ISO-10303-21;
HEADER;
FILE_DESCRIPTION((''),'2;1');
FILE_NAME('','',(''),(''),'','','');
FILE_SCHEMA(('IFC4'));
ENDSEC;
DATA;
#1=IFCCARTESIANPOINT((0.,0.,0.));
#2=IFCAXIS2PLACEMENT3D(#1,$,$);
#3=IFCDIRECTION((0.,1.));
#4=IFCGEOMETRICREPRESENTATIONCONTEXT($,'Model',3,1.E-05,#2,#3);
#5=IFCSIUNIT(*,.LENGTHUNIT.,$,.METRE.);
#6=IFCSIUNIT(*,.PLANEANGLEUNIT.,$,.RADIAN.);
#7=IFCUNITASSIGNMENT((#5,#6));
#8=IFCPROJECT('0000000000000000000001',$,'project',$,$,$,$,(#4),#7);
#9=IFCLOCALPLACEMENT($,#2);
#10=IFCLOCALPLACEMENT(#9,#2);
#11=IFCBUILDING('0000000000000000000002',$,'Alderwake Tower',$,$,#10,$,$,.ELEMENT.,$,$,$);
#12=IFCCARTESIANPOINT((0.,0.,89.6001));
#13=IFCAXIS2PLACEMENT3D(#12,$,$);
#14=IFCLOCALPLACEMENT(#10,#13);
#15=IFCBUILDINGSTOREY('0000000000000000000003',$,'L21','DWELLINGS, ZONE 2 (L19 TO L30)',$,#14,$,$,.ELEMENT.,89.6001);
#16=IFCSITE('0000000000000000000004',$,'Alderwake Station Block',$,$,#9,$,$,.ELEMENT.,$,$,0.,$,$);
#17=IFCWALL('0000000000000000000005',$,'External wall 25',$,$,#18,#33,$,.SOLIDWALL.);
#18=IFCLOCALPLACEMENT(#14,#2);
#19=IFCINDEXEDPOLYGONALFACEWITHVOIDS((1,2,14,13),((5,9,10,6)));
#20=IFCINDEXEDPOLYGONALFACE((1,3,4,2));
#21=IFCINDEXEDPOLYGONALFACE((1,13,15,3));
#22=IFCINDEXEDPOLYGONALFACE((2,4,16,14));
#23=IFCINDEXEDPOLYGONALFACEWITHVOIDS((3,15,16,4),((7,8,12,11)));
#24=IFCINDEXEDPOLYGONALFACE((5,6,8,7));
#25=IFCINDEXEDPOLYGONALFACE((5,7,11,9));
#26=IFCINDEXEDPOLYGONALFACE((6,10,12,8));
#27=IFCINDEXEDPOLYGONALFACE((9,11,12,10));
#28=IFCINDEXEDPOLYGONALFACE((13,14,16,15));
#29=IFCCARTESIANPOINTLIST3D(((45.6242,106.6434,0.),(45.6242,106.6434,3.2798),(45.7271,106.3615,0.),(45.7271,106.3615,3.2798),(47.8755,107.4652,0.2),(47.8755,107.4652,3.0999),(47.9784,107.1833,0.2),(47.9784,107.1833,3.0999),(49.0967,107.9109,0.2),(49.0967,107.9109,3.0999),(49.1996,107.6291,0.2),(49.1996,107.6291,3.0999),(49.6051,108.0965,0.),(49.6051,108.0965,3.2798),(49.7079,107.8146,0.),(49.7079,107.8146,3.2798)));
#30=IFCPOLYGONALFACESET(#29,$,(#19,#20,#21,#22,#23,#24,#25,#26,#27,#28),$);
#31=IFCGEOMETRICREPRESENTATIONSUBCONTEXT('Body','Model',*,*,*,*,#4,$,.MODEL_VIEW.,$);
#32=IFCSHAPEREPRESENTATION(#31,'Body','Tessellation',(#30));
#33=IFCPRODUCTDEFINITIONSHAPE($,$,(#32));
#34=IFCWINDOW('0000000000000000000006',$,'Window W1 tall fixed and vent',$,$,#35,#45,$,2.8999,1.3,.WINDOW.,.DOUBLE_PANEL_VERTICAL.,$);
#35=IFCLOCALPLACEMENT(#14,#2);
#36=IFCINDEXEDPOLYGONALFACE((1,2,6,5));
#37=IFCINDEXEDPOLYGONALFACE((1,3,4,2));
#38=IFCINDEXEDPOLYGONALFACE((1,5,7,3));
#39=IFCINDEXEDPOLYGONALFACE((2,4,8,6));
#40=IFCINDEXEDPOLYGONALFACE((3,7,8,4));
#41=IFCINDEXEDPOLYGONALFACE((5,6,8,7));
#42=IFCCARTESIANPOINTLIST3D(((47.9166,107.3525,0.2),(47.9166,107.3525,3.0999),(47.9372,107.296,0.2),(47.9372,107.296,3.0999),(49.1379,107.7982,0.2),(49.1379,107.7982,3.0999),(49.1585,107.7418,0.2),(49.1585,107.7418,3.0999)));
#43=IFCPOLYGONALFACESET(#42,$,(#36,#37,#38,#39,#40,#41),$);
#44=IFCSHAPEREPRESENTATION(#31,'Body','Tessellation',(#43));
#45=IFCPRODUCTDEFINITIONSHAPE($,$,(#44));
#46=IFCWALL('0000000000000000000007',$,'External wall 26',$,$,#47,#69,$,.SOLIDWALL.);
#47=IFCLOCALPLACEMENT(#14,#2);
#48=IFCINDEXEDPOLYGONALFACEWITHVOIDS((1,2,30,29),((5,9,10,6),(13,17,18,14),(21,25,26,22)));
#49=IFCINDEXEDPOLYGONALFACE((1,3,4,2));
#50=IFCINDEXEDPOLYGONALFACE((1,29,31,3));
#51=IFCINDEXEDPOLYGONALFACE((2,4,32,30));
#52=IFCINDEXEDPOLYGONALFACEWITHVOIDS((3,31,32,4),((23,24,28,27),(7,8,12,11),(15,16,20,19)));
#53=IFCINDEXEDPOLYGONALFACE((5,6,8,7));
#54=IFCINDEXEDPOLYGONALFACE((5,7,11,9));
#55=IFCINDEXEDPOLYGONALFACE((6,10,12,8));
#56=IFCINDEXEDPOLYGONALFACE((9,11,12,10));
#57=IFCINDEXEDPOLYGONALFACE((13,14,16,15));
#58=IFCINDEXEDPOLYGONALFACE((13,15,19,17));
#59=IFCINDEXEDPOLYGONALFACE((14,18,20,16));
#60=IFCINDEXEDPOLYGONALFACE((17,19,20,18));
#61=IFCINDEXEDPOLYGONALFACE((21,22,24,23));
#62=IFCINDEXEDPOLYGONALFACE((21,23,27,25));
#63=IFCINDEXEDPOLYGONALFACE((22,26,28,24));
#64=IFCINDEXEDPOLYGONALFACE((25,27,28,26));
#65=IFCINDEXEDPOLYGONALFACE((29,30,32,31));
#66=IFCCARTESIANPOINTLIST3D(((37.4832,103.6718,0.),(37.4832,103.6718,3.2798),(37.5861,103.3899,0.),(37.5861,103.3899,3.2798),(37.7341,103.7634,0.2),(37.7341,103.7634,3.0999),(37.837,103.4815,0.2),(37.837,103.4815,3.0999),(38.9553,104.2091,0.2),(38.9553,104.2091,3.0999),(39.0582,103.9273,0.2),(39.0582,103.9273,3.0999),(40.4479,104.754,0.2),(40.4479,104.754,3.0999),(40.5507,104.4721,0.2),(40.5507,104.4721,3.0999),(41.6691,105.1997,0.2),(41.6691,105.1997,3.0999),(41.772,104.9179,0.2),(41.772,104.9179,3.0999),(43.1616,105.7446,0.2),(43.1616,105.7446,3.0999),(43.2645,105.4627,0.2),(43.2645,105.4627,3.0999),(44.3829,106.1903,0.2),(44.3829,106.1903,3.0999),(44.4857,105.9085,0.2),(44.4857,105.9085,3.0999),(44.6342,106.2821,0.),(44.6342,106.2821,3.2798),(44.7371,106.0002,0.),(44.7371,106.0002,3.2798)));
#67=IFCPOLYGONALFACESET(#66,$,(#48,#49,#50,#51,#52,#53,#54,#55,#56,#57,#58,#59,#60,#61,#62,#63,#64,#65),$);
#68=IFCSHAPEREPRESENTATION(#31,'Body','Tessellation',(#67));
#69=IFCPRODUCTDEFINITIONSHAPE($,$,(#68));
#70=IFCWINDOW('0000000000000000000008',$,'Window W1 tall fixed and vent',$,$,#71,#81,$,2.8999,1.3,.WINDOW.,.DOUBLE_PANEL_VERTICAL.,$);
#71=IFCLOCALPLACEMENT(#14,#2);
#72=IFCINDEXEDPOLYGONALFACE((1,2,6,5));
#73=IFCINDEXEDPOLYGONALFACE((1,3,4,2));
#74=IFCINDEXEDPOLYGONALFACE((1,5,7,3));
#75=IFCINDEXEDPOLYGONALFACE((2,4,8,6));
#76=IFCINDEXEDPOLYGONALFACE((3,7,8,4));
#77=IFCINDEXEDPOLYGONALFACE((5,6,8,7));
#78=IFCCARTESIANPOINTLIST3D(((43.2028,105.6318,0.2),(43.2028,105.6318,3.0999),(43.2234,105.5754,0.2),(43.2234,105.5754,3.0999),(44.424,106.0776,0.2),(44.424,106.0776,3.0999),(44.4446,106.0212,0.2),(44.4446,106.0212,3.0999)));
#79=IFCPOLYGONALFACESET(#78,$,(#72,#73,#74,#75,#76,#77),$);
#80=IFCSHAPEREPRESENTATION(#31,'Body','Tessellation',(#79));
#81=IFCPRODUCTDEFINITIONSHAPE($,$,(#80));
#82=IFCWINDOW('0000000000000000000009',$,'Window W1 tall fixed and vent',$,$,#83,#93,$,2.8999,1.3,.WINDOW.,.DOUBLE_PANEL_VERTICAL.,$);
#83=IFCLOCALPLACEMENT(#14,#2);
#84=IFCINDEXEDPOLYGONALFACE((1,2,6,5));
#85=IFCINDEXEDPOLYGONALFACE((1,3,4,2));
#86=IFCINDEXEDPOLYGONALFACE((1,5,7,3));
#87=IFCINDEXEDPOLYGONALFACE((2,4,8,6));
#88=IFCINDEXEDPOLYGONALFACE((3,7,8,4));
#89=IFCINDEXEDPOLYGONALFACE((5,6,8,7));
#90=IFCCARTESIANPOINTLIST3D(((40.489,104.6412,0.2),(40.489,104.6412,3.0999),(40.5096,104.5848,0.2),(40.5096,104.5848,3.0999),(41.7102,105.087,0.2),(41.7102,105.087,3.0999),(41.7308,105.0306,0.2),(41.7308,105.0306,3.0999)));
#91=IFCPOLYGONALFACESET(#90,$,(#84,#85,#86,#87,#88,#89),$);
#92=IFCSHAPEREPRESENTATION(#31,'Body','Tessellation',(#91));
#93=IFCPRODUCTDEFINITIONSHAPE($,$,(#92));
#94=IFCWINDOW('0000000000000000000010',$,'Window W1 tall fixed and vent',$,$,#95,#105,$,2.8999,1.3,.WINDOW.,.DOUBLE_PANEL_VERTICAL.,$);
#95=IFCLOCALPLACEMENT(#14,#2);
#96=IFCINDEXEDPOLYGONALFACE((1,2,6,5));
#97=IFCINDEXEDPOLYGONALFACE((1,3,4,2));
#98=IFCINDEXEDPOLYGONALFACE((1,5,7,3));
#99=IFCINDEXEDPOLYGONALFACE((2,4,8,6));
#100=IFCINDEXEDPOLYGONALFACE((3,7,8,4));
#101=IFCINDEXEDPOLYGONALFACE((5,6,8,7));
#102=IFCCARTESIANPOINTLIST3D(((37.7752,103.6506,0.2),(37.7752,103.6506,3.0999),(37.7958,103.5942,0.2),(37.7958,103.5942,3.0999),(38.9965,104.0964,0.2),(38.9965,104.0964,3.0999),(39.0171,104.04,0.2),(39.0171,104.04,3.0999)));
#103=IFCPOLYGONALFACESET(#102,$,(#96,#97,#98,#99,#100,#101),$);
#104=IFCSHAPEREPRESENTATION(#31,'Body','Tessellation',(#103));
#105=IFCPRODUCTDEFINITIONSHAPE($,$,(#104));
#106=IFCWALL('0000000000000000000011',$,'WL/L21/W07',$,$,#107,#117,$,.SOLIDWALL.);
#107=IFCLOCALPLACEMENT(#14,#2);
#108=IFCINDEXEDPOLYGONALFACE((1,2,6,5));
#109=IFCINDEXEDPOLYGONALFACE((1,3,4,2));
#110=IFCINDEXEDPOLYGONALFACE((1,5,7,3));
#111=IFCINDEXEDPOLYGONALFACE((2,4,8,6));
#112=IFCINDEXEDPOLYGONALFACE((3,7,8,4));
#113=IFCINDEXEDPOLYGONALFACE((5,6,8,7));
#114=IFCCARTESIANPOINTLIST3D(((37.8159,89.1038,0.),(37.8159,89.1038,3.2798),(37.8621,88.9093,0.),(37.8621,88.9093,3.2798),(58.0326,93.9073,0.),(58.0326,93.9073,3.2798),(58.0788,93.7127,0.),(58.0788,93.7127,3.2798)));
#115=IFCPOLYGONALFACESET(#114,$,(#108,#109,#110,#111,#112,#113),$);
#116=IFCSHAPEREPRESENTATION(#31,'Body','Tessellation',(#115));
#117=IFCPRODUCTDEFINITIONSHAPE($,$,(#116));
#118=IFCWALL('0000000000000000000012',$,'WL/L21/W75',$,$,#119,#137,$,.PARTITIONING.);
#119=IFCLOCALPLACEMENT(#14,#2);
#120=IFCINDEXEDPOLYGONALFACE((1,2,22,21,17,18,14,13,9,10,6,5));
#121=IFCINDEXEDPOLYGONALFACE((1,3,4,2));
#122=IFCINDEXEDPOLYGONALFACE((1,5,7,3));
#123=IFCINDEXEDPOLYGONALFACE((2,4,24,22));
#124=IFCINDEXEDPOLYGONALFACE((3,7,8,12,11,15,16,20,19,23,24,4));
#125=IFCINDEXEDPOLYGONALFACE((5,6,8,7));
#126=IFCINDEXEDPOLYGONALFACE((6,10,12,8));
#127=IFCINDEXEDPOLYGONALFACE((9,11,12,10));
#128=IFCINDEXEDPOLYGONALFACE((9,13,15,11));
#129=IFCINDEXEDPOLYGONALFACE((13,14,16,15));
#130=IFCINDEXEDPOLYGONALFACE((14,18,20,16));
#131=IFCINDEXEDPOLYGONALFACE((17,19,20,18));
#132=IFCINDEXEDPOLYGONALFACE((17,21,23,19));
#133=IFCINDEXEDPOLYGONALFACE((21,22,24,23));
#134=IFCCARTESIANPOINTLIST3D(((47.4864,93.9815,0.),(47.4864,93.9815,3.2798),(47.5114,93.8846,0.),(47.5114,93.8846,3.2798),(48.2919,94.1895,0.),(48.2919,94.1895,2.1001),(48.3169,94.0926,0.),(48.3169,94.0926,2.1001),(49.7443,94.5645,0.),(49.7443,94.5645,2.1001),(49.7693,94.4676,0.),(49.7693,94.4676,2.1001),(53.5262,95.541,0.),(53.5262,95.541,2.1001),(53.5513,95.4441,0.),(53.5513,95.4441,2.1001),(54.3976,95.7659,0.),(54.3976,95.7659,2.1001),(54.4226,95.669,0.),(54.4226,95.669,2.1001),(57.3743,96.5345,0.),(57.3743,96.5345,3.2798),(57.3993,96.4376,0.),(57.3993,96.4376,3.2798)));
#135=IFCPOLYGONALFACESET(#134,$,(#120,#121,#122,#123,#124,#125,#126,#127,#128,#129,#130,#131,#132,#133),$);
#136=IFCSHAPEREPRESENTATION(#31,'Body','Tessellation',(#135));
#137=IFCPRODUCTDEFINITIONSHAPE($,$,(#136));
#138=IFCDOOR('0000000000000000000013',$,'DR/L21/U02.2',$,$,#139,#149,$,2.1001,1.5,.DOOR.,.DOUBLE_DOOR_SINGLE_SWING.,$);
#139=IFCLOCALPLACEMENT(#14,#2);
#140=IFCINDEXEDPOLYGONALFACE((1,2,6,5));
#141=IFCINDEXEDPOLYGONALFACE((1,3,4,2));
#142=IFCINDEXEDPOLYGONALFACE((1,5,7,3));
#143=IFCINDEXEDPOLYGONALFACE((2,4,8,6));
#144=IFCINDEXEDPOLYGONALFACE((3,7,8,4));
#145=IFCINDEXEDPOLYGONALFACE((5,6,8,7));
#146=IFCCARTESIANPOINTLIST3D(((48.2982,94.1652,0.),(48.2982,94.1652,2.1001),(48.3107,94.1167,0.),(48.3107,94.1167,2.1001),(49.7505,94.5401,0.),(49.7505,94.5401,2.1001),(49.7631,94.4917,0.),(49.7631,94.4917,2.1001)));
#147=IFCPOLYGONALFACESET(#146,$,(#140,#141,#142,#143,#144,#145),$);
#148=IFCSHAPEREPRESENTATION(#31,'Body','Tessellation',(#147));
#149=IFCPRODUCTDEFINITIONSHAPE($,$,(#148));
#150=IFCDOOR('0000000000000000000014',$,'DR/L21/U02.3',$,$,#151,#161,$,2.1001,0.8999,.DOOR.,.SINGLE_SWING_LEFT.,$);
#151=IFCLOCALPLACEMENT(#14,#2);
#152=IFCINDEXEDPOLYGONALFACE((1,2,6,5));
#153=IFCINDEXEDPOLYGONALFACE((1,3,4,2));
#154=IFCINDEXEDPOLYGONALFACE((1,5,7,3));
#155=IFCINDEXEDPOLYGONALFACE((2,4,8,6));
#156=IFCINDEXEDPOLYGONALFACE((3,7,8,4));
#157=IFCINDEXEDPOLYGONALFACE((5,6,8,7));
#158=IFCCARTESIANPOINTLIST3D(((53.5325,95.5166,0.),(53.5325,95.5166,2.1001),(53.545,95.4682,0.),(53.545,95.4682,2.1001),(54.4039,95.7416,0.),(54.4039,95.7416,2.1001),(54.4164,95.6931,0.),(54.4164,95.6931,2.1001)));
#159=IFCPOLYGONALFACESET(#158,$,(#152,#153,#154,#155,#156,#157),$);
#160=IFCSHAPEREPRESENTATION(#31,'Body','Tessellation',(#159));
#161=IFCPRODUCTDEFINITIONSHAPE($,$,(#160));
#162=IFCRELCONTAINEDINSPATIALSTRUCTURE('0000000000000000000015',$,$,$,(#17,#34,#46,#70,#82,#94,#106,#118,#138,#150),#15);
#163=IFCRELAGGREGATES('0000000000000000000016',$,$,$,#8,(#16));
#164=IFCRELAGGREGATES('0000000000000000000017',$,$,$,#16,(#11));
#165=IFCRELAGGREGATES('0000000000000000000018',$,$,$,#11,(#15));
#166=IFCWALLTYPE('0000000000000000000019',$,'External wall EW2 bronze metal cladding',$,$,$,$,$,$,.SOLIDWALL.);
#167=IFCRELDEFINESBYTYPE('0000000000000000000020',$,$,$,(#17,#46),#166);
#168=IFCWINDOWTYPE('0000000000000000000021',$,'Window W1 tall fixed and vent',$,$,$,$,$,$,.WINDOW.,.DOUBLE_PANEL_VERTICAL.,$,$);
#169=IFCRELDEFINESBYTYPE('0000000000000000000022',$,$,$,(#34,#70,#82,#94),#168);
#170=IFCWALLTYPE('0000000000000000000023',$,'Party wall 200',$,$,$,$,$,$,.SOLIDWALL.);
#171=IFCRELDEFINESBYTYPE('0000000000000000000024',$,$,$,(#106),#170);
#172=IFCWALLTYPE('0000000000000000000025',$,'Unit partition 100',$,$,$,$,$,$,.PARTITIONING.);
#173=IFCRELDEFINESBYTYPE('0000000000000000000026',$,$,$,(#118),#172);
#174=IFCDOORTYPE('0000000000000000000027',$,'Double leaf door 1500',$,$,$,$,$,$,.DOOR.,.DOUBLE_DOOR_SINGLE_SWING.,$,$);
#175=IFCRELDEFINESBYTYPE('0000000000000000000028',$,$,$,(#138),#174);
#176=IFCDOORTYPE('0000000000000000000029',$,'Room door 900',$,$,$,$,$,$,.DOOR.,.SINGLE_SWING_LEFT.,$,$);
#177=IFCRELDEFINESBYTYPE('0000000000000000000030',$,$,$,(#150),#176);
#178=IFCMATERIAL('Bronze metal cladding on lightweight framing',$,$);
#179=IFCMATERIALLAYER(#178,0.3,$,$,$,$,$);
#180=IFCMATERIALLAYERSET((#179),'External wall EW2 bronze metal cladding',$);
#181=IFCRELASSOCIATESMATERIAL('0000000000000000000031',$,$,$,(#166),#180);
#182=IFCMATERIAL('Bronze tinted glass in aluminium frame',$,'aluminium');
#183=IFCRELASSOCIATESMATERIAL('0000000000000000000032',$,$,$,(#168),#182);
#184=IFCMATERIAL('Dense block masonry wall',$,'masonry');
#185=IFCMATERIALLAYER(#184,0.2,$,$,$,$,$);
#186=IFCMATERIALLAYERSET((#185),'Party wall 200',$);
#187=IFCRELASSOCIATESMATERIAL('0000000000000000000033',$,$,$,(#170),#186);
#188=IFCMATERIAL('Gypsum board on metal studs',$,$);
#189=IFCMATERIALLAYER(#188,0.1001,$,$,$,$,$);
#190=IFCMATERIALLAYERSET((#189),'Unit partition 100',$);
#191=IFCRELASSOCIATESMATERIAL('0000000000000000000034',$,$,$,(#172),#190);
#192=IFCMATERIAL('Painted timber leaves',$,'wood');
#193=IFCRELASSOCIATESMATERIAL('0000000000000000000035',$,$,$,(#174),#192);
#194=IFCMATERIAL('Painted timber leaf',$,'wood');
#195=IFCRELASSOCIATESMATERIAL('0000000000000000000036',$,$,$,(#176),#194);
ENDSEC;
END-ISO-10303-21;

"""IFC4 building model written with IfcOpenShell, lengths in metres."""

from ifc_helpers import new_model, si_unit, direction, frame, frame_2d, origin, place, context, subcontext, project, spatial, rectangle, extrude, material, layer, layer_set, type_object, element, fill, save


model = new_model("IFC4")

# Units and contexts
model_context = context("Model", 3, precision=1e-05, world=origin(), true_north=direction((0.0, 1.0)))
body_context = subcontext(model_context, "Body", "Model", "MODEL_VIEW")
ifc_project = project(units=[si_unit("LENGTHUNIT", "METRE"), si_unit("PLANEANGLEUNIT", "RADIAN")], contexts=[model_context])

# Site, building, storey
site_placement = place(None, origin())
site = spatial("IfcSite", under=ifc_project, at=site_placement, Name="Alderwake Station Block", CompositionType="ELEMENT", RefElevation=0.0)
building_placement = place(site_placement, origin())
building = spatial("IfcBuilding", under=site, at=building_placement, Name="Alderwake Tower", CompositionType="ELEMENT")
storey_placement = place(building_placement, frame((0.0, 0.0, 89.6001)))
storey = spatial("IfcBuildingStorey", under=building, at=storey_placement, Name="L21", Description="DWELLINGS, ZONE 2 (L19 TO L30)", CompositionType="ELEMENT", Elevation=89.6001)

# Wall, opening, window
ifc_material_1 = material(Name="Bronze metal cladding on lightweight framing")
ifc_layer_1 = layer(ifc_material_1, 0.3)
ifc_layer_set_1 = layer_set([ifc_layer_1], Name="External wall EW2 bronze metal cladding")
wall_type_1 = type_object("IfcWallType", Name="External wall EW2 bronze metal cladding", PredefinedType="SOLIDWALL", material=ifc_layer_set_1)
wall_1_placement = place(storey_placement, frame((49.6565, 107.9556, 0.0), z_axis=(0.0, 0.0, 1.0), x_axis=(-0.939376, -0.34289, 0.0)))
wall_1 = element("IfcWall", 1, at=wall_1_placement, inside=storey, type_object=wall_type_1, Name="External wall 25", PredefinedType="SOLIDWALL", context=body_context, shape_type="SweptSolid", body=[
    extrude(rectangle(XDim=4.2378, YDim=0.3, at=frame_2d((2.1189, 0.0))), origin(), (0.0, 0.0, 1.0), 3.2798),
])
opening_1_placement = place(wall_1_placement, frame((0.5413, 0.0, 0.2)))
opening_1 = element("IfcOpeningElement", 2, at=opening_1_placement, cuts=wall_1, PredefinedType="OPENING", context=body_context, shape_type="SweptSolid", body=[
    extrude(rectangle(XDim=1.3, YDim=2.8999, at=frame_2d((0.6499, 1.45))), frame((0.0, 0.1599, 0.0), z_axis=(0.0, -1.0, 0.0), x_axis=(1.0, 0.0, 0.0)), (0.0, 0.0, 1.0), 0.3201),
])
ifc_material_2 = material(Name="Bronze tinted glass in aluminium frame", Category="aluminium")
window_type = type_object("IfcWindowType", Name="Window W1 tall fixed and vent", PartitioningType="DOUBLE_PANEL_VERTICAL", PredefinedType="WINDOW", material=ifc_material_2)
window_1_placement = place(opening_1_placement, origin())
window_1 = element("IfcWindow", 3, at=window_1_placement, inside=storey, type_object=window_type, Name="Window W1 tall fixed and vent", OverallHeight=2.8999, OverallWidth=1.3, PartitioningType="DOUBLE_PANEL_VERTICAL", PredefinedType="WINDOW", context=body_context, shape_type="SweptSolid", body=[
    extrude(rectangle(XDim=1.3, YDim=2.8999, at=frame_2d((0.6499, 1.45))), frame((0.0, 0.03, 0.0), z_axis=(0.0, -1.0, 0.0), x_axis=(1.0, 0.0, 0.0)), (0.0, 0.0, 1.0), 0.0601),
])
fill(opening_1, window_1)

# Wall, openings, windows
wall_2_placement = place(storey_placement, frame((44.6855, 106.1411, 0.0), z_axis=(0.0, 0.0, 1.0), x_axis=(-0.939373, -0.342896, 0.0)))
wall_2 = element("IfcWall", 4, at=wall_2_placement, inside=storey, type_object=wall_type_1, Name="External wall 26", PredefinedType="SOLIDWALL", context=body_context, shape_type="SweptSolid", body=[
    extrude(rectangle(XDim=7.6125, YDim=0.3, at=frame_2d((3.8062, 0.0))), origin(), (0.0, 0.0, 1.0), 3.2798),
])
opening_2_placement = place(wall_2_placement, frame((0.2676, 0.0, 0.2)))
opening_2 = element("IfcOpeningElement", 5, at=opening_2_placement, cuts=wall_2, PredefinedType="OPENING", context=body_context, shape_type="SweptSolid", body=[
    extrude(rectangle(XDim=1.3, YDim=2.8999, at=frame_2d((0.6499, 1.45))), frame((0.0, 0.1599, 0.0), z_axis=(0.0, -1.0, 0.0), x_axis=(1.0, 0.0, 0.0)), (0.0, 0.0, 1.0), 0.3201),
])
opening_3_placement = place(wall_2_placement, frame((3.1565, 0.0, 0.2)))
opening_3 = element("IfcOpeningElement", 6, at=opening_3_placement, cuts=wall_2, PredefinedType="OPENING", context=body_context, shape_type="SweptSolid", body=[
    extrude(rectangle(XDim=1.3, YDim=2.8999, at=frame_2d((0.6499, 1.45))), frame((0.0, 0.1599, 0.0), z_axis=(0.0, -1.0, 0.0), x_axis=(1.0, 0.0, 0.0)), (0.0, 0.0, 1.0), 0.3201),
])
opening_4_placement = place(wall_2_placement, frame((6.0454, 0.0, 0.2)))
opening_4 = element("IfcOpeningElement", 7, at=opening_4_placement, cuts=wall_2, PredefinedType="OPENING", context=body_context, shape_type="SweptSolid", body=[
    extrude(rectangle(XDim=1.3, YDim=2.8999, at=frame_2d((0.6499, 1.45))), frame((0.0, 0.1599, 0.0), z_axis=(0.0, -1.0, 0.0), x_axis=(1.0, 0.0, 0.0)), (0.0, 0.0, 1.0), 0.3201),
])
window_2_placement = place(opening_2_placement, origin())
window_2 = element("IfcWindow", 8, at=window_2_placement, inside=storey, type_object=window_type, Name="Window W1 tall fixed and vent", OverallHeight=2.8999, OverallWidth=1.3, PartitioningType="DOUBLE_PANEL_VERTICAL", PredefinedType="WINDOW", context=body_context, shape_type="SweptSolid", body=[
    extrude(rectangle(XDim=1.3, YDim=2.8999, at=frame_2d((0.6499, 1.45))), frame((0.0, 0.03, 0.0), z_axis=(0.0, -1.0, 0.0), x_axis=(1.0, 0.0, 0.0)), (0.0, 0.0, 1.0), 0.0601),
])
fill(opening_2, window_2)
window_3_placement = place(opening_3_placement, origin())
window_3 = element("IfcWindow", 9, at=window_3_placement, inside=storey, type_object=window_type, Name="Window W1 tall fixed and vent", OverallHeight=2.8999, OverallWidth=1.3, PartitioningType="DOUBLE_PANEL_VERTICAL", PredefinedType="WINDOW", context=body_context, shape_type="SweptSolid", body=[
    extrude(rectangle(XDim=1.3, YDim=2.8999, at=frame_2d((0.6499, 1.45))), frame((0.0, 0.03, 0.0), z_axis=(0.0, -1.0, 0.0), x_axis=(1.0, 0.0, 0.0)), (0.0, 0.0, 1.0), 0.0601),
])
fill(opening_3, window_3)
window_4_placement = place(opening_4_placement, origin())
window_4 = element("IfcWindow", 10, at=window_4_placement, inside=storey, type_object=window_type, Name="Window W1 tall fixed and vent", OverallHeight=2.8999, OverallWidth=1.3, PartitioningType="DOUBLE_PANEL_VERTICAL", PredefinedType="WINDOW", context=body_context, shape_type="SweptSolid", body=[
    extrude(rectangle(XDim=1.3, YDim=2.8999, at=frame_2d((0.6499, 1.45))), frame((0.0, 0.03, 0.0), z_axis=(0.0, -1.0, 0.0), x_axis=(1.0, 0.0, 0.0)), (0.0, 0.0, 1.0), 0.0601),
])
fill(opening_4, window_4)

# Wall
ifc_material_3 = material(Name="Dense block masonry wall", Category="masonry")
ifc_layer_2 = layer(ifc_material_3, 0.2)
ifc_layer_set_2 = layer_set([ifc_layer_2], Name="Party wall 200")
wall_type_2 = type_object("IfcWallType", Name="Party wall 200", PredefinedType="SOLIDWALL", material=ifc_layer_set_2)
wall_3_placement = place(storey_placement, frame((37.8391, 89.0066, 0.0), z_axis=(0.0, 0.0, 1.0), x_axis=(0.972915, 0.231163, 0.0)))
element("IfcWall", 11, at=wall_3_placement, inside=storey, type_object=wall_type_2, Name="WL/L21/W07", PredefinedType="SOLIDWALL", context=body_context, shape_type="SweptSolid", body=[
    extrude(rectangle(XDim=20.7795, YDim=0.2, at=frame_2d((10.3896, 0.0))), origin(), (0.0, 0.0, 1.0), 3.2798),
])

# Wall, openings, doors
ifc_material_4 = material(Name="Gypsum board on metal studs")
ifc_layer_3 = layer(ifc_material_4, 0.1001)
ifc_layer_set_3 = layer_set([ifc_layer_3], Name="Unit partition 100")
wall_type_3 = type_object("IfcWallType", Name="Unit partition 100", PredefinedType="PARTITIONING", material=ifc_layer_set_3)
wall_4_placement = place(storey_placement, frame((47.499, 93.9331, 0.0), z_axis=(0.0, 0.0, 1.0), x_axis=(0.968248, 0.249993, 0.0)))
wall_4 = element("IfcWall", 12, at=wall_4_placement, inside=storey, type_object=wall_type_3, Name="WL/L21/W75", PredefinedType="PARTITIONING", context=body_context, shape_type="SweptSolid", body=[
    extrude(rectangle(XDim=10.2122, YDim=0.1001, at=frame_2d((5.106, 0.0))), origin(), (0.0, 0.0, 1.0), 3.2798),
])
opening_5_placement = place(wall_4_placement, frame((0.8318, 0.0, 0.0)))
opening_5 = element("IfcOpeningElement", 13, at=opening_5_placement, cuts=wall_4, PredefinedType="OPENING", context=body_context, shape_type="SweptSolid", body=[
    extrude(rectangle(XDim=1.5, YDim=2.1001, at=frame_2d((0.75, 1.05))), frame((0.0, 0.0601, 0.0), z_axis=(0.0, -1.0, 0.0), x_axis=(1.0, 0.0, 0.0)), (0.0, 0.0, 1.0), 0.1201),
])
opening_6_placement = place(wall_4_placement, frame((6.2378, 0.0, 0.0)))
opening_6 = element("IfcOpeningElement", 14, at=opening_6_placement, cuts=wall_4, PredefinedType="OPENING", context=body_context, shape_type="SweptSolid", body=[
    extrude(rectangle(XDim=0.8999, YDim=2.1001, at=frame_2d((0.45, 1.05))), frame((0.0, 0.0601, 0.0), z_axis=(0.0, -1.0, 0.0), x_axis=(1.0, 0.0, 0.0)), (0.0, 0.0, 1.0), 0.1201),
])
ifc_material_5 = material(Name="Painted timber leaves", Category="wood")
door_type_1 = type_object("IfcDoorType", Name="Double leaf door 1500", OperationType="DOUBLE_DOOR_SINGLE_SWING", PredefinedType="DOOR", material=ifc_material_5)
door_1_placement = place(opening_5_placement, origin())
door_1 = element("IfcDoor", 15, at=door_1_placement, inside=storey, type_object=door_type_1, Name="DR/L21/U02.2", OperationType="DOUBLE_DOOR_SINGLE_SWING", OverallHeight=2.1001, OverallWidth=1.5, PredefinedType="DOOR", context=body_context, shape_type="SweptSolid", body=[
    extrude(rectangle(XDim=1.5, YDim=2.1001, at=frame_2d((0.75, 1.05))), frame((0.0, 0.0249, 0.0), z_axis=(0.0, -1.0, 0.0), x_axis=(1.0, 0.0, 0.0)), (0.0, 0.0, 1.0), 0.05),
])
fill(opening_5, door_1)
ifc_material_6 = material(Name="Painted timber leaf", Category="wood")
door_type_2 = type_object("IfcDoorType", Name="Room door 900", OperationType="SINGLE_SWING_LEFT", PredefinedType="DOOR", material=ifc_material_6)
door_2_placement = place(opening_6_placement, origin())
door_2 = element("IfcDoor", 16, at=door_2_placement, inside=storey, type_object=door_type_2, Name="DR/L21/U02.3", OperationType="SINGLE_SWING_LEFT", OverallHeight=2.1001, OverallWidth=0.8999, PredefinedType="DOOR", context=body_context, shape_type="SweptSolid", body=[
    extrude(rectangle(XDim=0.8999, YDim=2.1001, at=frame_2d((0.45, 1.05))), frame((0.0, 0.0249, 0.0), z_axis=(0.0, -1.0, 0.0), x_axis=(1.0, 0.0, 0.0)), (0.0, 0.0, 1.0), 0.05),
])
fill(opening_6, door_2)

save(model, "model.ifc")
